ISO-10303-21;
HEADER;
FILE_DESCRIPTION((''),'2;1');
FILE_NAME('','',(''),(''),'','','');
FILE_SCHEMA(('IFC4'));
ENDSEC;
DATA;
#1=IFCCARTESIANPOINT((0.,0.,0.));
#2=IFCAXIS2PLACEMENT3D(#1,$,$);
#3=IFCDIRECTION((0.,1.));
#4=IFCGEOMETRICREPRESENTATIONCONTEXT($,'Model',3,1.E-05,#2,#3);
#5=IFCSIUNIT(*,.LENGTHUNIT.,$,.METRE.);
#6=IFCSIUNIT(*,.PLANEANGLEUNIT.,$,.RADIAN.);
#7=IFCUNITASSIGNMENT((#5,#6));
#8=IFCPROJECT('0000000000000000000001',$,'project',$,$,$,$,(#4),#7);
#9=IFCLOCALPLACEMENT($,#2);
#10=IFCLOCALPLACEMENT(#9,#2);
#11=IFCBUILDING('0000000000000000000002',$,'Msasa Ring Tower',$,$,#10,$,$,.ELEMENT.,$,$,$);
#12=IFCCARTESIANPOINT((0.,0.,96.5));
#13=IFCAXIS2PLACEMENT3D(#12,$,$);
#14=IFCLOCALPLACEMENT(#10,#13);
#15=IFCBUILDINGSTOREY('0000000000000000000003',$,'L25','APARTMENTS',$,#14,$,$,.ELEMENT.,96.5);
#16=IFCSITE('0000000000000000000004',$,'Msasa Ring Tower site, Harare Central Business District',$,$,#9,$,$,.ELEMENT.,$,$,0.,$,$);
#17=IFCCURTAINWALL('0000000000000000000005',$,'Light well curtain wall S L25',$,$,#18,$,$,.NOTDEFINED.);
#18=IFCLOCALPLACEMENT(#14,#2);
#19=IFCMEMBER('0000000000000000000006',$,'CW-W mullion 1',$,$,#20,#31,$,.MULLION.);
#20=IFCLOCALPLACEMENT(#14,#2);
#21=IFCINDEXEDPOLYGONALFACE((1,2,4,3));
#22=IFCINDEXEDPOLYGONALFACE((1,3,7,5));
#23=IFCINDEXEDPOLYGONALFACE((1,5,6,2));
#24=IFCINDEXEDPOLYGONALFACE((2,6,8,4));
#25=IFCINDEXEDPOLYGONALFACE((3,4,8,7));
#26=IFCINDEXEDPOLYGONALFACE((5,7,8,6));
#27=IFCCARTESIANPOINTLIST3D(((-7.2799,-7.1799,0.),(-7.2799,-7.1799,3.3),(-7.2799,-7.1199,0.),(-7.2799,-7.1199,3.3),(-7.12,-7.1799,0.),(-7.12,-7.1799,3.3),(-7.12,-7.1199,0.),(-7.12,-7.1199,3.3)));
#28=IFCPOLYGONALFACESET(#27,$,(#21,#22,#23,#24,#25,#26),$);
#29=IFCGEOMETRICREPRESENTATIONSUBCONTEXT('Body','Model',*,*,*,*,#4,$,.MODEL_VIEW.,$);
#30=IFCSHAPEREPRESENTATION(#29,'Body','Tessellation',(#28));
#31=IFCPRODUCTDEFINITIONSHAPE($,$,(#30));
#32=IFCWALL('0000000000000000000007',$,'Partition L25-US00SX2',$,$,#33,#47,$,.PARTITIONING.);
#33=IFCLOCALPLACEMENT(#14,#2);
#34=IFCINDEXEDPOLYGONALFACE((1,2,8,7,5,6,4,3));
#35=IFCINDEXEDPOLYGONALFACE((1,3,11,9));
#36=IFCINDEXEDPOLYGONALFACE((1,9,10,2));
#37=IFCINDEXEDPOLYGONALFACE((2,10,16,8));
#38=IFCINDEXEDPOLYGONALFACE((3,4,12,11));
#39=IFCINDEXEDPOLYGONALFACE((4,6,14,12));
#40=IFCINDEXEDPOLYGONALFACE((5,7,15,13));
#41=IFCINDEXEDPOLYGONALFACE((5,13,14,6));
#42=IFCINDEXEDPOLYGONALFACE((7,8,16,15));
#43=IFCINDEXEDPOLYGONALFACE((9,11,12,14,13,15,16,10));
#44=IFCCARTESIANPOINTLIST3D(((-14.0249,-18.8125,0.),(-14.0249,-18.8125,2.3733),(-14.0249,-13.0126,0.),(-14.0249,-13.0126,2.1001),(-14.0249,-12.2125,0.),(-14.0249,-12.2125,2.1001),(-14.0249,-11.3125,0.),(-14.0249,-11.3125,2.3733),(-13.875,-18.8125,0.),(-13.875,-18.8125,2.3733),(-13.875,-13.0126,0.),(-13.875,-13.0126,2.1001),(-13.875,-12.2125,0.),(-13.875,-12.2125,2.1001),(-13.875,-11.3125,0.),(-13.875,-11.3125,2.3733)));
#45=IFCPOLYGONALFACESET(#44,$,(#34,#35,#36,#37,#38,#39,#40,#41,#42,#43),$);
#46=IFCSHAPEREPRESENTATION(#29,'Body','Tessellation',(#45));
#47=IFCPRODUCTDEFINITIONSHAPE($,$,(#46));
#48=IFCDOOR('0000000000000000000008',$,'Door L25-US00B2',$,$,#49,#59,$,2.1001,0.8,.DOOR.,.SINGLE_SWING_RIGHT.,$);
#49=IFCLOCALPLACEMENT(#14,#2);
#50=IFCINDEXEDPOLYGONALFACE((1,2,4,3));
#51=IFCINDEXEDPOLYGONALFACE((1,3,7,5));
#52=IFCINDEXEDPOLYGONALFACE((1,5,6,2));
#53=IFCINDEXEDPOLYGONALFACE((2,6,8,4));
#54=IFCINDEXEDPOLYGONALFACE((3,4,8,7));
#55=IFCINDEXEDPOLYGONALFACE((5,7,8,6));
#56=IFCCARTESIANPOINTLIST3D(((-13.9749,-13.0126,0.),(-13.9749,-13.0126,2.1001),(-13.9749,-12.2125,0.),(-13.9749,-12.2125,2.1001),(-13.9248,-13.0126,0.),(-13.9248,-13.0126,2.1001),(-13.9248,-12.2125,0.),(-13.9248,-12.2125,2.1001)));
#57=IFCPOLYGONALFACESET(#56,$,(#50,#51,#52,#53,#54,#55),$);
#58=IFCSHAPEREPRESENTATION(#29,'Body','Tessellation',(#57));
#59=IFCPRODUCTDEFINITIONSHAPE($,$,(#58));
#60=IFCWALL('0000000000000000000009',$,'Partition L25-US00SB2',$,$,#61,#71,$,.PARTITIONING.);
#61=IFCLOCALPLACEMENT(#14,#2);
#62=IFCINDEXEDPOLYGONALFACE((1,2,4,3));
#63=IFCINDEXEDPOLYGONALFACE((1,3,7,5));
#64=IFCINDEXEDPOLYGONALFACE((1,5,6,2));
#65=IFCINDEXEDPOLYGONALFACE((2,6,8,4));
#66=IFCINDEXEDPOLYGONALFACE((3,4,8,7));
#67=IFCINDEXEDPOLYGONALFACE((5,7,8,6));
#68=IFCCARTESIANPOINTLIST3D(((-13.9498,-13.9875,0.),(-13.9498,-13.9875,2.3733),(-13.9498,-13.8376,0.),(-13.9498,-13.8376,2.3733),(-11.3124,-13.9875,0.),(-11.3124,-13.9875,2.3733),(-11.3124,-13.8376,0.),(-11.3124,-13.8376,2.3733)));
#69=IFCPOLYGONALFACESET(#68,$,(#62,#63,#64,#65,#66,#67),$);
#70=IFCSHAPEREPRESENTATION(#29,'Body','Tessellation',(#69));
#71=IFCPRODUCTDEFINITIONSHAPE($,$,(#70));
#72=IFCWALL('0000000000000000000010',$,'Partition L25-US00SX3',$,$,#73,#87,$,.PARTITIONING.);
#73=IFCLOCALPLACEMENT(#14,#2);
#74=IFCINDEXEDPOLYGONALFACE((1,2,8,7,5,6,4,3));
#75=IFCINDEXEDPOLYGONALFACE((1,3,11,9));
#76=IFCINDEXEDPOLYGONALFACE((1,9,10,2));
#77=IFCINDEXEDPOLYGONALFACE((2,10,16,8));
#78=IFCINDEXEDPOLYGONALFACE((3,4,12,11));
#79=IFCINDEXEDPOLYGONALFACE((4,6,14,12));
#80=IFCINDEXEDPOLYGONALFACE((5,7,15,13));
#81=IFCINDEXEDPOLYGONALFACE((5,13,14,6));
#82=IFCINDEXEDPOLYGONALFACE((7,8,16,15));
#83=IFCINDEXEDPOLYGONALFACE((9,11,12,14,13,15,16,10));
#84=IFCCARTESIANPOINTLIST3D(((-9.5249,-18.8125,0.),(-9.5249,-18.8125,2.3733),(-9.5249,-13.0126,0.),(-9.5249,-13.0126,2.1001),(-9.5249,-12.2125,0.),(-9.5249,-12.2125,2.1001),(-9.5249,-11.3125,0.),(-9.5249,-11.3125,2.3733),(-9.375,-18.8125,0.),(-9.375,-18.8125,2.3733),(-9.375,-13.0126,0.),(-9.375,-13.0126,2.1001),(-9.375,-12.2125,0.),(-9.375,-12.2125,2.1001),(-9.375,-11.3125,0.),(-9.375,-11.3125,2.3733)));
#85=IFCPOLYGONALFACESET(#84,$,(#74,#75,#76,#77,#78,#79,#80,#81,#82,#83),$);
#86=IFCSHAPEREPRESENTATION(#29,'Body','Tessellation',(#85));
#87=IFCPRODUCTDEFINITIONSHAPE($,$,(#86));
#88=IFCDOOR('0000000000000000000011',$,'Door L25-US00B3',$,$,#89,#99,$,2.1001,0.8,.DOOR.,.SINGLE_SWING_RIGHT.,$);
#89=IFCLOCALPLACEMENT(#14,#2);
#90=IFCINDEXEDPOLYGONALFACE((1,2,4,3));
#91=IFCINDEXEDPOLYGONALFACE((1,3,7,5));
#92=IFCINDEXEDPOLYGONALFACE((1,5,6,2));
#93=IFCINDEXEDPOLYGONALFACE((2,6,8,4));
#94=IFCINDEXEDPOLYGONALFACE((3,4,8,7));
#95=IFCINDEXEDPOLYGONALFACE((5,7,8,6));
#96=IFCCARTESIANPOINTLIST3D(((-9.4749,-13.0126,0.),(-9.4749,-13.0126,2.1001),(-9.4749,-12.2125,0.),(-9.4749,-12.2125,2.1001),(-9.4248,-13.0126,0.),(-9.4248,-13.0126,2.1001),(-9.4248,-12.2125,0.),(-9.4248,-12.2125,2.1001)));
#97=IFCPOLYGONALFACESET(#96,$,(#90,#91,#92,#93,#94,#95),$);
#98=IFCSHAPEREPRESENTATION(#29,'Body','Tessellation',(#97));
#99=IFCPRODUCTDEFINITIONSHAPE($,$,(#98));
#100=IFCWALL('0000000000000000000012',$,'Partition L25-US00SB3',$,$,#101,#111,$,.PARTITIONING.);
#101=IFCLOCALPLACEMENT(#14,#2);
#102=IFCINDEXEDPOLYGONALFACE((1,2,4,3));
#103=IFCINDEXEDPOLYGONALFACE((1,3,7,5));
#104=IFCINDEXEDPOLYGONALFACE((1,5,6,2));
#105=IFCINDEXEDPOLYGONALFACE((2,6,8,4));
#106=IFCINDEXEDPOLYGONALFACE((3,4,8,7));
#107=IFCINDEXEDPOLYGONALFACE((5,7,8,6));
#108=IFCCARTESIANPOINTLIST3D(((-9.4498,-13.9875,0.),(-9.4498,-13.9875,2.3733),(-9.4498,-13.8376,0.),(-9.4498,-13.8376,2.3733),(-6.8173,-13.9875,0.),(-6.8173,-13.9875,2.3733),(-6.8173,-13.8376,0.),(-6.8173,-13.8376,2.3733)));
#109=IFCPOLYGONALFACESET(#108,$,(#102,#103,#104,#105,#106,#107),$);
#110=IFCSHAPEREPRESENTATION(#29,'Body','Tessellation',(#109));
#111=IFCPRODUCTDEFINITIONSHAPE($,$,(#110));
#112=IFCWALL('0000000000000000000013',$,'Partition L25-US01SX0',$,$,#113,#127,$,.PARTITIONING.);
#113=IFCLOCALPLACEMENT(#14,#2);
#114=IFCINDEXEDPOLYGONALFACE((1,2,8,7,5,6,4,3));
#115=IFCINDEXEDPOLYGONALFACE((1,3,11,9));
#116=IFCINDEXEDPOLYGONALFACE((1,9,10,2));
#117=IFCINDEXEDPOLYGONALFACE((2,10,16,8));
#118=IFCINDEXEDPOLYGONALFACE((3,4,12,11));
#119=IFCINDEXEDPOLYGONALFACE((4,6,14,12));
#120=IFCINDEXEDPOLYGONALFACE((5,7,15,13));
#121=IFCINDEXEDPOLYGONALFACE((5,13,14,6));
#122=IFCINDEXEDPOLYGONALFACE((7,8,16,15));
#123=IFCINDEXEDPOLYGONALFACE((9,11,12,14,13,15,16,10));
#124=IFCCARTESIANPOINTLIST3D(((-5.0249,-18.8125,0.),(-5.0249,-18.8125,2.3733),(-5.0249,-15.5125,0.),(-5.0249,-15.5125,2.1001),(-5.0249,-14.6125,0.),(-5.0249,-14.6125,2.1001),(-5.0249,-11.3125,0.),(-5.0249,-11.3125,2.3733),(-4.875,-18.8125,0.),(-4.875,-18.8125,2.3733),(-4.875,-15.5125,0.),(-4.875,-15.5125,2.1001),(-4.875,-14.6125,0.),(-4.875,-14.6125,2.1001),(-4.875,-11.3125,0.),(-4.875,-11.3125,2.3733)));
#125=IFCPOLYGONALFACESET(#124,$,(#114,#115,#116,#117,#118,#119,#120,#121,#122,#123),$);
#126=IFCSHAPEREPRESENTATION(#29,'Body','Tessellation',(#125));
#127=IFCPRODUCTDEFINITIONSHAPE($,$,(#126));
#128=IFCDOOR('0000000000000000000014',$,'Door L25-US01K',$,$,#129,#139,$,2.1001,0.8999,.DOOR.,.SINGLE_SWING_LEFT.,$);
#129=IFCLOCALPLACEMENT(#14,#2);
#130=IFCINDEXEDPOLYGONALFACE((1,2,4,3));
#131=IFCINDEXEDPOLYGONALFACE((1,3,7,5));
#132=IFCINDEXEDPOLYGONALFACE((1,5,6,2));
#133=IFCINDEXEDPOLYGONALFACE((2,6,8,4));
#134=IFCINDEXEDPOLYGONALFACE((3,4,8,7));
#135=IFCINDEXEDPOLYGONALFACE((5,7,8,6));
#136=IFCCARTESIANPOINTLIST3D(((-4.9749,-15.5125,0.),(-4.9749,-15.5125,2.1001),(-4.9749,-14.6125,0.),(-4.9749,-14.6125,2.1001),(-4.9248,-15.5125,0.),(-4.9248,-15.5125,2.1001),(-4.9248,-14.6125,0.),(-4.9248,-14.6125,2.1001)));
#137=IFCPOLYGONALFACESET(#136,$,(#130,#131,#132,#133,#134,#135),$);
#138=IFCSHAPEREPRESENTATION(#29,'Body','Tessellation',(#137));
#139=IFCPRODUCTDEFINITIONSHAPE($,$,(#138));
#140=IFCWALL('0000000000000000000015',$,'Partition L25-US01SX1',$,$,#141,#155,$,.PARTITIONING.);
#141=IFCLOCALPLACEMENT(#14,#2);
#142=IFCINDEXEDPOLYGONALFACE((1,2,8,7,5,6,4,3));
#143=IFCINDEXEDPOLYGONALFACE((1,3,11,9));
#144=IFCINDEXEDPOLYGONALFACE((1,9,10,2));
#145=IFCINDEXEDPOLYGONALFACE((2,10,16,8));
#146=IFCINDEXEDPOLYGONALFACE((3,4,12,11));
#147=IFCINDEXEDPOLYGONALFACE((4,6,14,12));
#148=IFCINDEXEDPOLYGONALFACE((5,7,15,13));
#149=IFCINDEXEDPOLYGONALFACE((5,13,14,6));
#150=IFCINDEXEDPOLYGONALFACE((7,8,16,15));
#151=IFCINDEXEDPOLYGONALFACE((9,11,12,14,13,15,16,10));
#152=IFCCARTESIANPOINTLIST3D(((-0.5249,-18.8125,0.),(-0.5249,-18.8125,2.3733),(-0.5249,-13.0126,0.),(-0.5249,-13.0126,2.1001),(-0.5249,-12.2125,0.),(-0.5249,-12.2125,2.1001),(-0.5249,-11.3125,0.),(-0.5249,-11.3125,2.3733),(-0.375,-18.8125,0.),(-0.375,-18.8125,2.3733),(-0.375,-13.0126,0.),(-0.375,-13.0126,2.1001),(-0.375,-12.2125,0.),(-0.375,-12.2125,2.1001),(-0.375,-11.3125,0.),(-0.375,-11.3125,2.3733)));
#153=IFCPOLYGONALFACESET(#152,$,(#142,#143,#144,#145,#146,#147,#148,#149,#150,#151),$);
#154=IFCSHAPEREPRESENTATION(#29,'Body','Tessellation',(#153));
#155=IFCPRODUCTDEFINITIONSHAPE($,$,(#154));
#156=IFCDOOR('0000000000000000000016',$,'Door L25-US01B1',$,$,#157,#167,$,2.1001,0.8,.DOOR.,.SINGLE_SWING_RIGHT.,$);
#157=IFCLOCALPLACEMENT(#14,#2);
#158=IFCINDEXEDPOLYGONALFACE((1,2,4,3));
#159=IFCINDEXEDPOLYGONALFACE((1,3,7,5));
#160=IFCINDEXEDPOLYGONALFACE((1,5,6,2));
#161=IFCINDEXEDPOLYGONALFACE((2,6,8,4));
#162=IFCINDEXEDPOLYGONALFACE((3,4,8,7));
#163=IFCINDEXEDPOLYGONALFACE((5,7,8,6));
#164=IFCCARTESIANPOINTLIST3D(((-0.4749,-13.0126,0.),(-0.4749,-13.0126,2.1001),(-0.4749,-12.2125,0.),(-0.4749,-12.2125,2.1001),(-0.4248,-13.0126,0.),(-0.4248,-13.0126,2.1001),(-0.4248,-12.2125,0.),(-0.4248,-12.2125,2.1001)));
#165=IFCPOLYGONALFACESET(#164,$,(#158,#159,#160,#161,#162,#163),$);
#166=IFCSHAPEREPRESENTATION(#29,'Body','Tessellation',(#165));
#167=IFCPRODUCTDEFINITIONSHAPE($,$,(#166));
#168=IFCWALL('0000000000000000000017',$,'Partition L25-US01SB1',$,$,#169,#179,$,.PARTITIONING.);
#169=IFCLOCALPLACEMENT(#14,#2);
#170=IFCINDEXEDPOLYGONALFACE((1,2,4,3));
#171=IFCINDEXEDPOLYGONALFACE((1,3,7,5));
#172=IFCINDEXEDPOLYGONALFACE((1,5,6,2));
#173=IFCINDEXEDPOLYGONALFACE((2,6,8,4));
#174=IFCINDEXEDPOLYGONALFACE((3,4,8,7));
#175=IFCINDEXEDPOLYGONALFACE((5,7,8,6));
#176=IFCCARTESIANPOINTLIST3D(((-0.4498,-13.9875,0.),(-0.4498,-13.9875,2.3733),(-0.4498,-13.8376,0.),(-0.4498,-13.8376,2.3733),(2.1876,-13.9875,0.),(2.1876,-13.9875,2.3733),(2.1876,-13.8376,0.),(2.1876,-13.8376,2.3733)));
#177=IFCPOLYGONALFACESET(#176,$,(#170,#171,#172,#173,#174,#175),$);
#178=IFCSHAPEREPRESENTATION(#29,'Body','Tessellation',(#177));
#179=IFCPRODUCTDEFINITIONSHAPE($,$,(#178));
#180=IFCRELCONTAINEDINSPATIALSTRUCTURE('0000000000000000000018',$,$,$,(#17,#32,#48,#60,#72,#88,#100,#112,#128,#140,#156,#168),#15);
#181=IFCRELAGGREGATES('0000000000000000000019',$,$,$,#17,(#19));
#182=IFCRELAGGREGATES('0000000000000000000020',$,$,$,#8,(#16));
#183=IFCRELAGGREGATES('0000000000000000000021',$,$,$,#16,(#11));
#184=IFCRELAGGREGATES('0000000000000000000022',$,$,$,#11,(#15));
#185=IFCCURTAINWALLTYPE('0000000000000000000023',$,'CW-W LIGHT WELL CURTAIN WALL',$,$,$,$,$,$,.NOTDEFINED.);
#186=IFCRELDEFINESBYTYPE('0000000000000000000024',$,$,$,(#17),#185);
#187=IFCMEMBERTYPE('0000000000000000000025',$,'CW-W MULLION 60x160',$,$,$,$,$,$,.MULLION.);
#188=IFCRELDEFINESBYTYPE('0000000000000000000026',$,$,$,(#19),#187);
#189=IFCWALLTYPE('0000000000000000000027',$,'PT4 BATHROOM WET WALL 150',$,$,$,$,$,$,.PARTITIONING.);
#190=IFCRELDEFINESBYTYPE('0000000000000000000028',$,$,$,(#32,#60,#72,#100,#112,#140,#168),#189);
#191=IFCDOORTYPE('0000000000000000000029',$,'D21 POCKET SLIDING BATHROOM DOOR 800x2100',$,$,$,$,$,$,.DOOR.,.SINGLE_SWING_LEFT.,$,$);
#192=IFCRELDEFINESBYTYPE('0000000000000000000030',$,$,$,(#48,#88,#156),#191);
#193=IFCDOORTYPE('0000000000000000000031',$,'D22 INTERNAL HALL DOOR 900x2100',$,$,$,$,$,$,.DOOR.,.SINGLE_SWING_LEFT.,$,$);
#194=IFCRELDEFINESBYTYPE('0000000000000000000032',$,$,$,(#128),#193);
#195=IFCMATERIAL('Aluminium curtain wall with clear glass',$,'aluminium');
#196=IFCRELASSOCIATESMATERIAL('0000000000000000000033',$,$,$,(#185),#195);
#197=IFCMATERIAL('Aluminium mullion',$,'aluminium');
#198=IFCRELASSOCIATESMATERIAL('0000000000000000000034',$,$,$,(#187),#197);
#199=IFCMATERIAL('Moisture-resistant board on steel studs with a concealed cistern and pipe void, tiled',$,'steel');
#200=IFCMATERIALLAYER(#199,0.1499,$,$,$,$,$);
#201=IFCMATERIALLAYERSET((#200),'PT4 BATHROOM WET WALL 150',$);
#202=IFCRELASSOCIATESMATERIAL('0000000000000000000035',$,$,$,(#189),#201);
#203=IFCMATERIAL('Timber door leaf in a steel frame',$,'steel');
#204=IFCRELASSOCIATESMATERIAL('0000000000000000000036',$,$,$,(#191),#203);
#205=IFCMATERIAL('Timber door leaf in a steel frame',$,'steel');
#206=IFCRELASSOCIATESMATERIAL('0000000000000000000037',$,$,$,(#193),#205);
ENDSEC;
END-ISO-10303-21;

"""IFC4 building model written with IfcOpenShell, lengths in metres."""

from ifc_helpers import new_model, si_unit, direction, frame, frame_2d, origin, origin_2d, place, context, subcontext, project, spatial, rectangle, extrude, material, layer, layer_set, material_profile, profile_set, type_object, element, fill, aggregate, save


model = new_model("IFC4")

# Units and contexts
model_context = context("Model", 3, precision=1e-05, world=origin(), true_north=direction((0.0, 1.0)))
body_context = subcontext(model_context, "Body", "Model", "MODEL_VIEW")
ifc_project = project(units=[si_unit("LENGTHUNIT", "METRE"), si_unit("PLANEANGLEUNIT", "RADIAN")], contexts=[model_context])

# Site, building, storey
site_placement = place(None, origin())
site = spatial("IfcSite", under=ifc_project, at=site_placement, Name="Msasa Ring Tower site, Harare Central Business District", CompositionType="ELEMENT", RefElevation=0.0)
building_placement = place(site_placement, origin())
building = spatial("IfcBuilding", under=site, at=building_placement, Name="Msasa Ring Tower", CompositionType="ELEMENT")
storey_placement = place(building_placement, frame((0.0, 0.0, 96.5)))
storey = spatial("IfcBuildingStorey", under=building, at=storey_placement, Name="L25", Description="APARTMENTS", CompositionType="ELEMENT", Elevation=96.5)

# Curtain wall, member
ifc_material_1 = material(Name="Aluminium curtain wall with clear glass", Category="aluminium")
curtain_wall_type = type_object("IfcCurtainWallType", Name="CW-W LIGHT WELL CURTAIN WALL", PredefinedType="NOTDEFINED", material=ifc_material_1)
curtain_wall_placement = place(storey_placement, origin())
curtain_wall = element("IfcCurtainWall", 1, at=curtain_wall_placement, inside=storey, type_object=curtain_wall_type, Name="Light well curtain wall S L25", PredefinedType="NOTDEFINED")
ifc_material_2 = material(Name="Aluminium mullion", Category="aluminium")
ifc_material_profile = material_profile(ifc_material_2, rectangle(XDim=0.0601, YDim=0.1599, at=origin_2d()), Name="AL 60x160")
ifc_profile_set = profile_set([ifc_material_profile], Name="Aluminium mullion")
member_type = type_object("IfcMemberType", Name="CW-W MULLION 60x160", PredefinedType="MULLION", material=ifc_profile_set)
member_placement = place(storey_placement, frame((-7.2, -7.1499, 0.0), z_axis=(0.0, 0.0, 1.0), x_axis=(0.0, 1.0, 0.0)))
member = element("IfcMember", 2, at=member_placement, type_object=member_type, Name="CW-W mullion 1", PredefinedType="MULLION", context=body_context, shape_type="SweptSolid", body=[
    extrude(rectangle(XDim=0.0601, YDim=0.1599, at=origin_2d()), origin(), (0.0, 0.0, 1.0), 3.3),
])
aggregate(curtain_wall, [member])

# Wall, opening, door
ifc_material_3 = material(Name="Moisture-resistant board on steel studs with a concealed cistern and pipe void, tiled", Category="steel")
ifc_layer_1 = layer(ifc_material_3, 0.1499)
ifc_layer_set_1 = layer_set([ifc_layer_1], Name="PT4 BATHROOM WET WALL 150")
wall_type_1 = type_object("IfcWallType", Name="PT4 BATHROOM WET WALL 150", PredefinedType="PARTITIONING", material=ifc_layer_set_1)
wall_1_placement = place(storey_placement, frame((-13.95, -18.8125, 0.0), z_axis=(0.0, 0.0, 1.0), x_axis=(0.0, 1.0, 0.0)))
wall_1 = element("IfcWall", 3, at=wall_1_placement, inside=storey, type_object=wall_type_1, Name="Partition L25-US00SX2", PredefinedType="PARTITIONING", context=body_context, shape_type="SweptSolid", body=[
    extrude(rectangle(XDim=7.5, YDim=0.1499, at=frame_2d((3.75, 0.0))), origin(), (0.0, 0.0, 1.0), 2.3733),
])
opening_1_placement = place(wall_1_placement, frame((5.8, 0.0, 0.0)))
opening_1 = element("IfcOpeningElement", 4, at=opening_1_placement, cuts=wall_1, PredefinedType="OPENING", context=body_context, shape_type="SweptSolid", body=[
    extrude(rectangle(XDim=0.8, YDim=2.1001, at=frame_2d((0.3999, 1.05))), frame((0.0, 0.085, 0.0), z_axis=(0.0, -1.0, 0.0), x_axis=(1.0, 0.0, 0.0)), (0.0, 0.0, 1.0), 0.1699),
])
ifc_material_4 = material(Name="Timber door leaf in a steel frame", Category="steel")
door_type_1 = type_object("IfcDoorType", Name="D21 POCKET SLIDING BATHROOM DOOR 800x2100", OperationType="SINGLE_SWING_LEFT", PredefinedType="DOOR", material=ifc_material_4)
door_1_placement = place(opening_1_placement, origin())
door_1 = element("IfcDoor", 5, at=door_1_placement, inside=storey, type_object=door_type_1, Name="Door L25-US00B2", OperationType="SINGLE_SWING_RIGHT", OverallHeight=2.1001, OverallWidth=0.8, PredefinedType="DOOR", context=body_context, shape_type="SweptSolid", body=[
    extrude(rectangle(XDim=0.8, YDim=2.1001, at=frame_2d((0.3999, 1.05))), frame((0.0, 0.0249, 0.0), z_axis=(0.0, -1.0, 0.0), x_axis=(1.0, 0.0, 0.0)), (0.0, 0.0, 1.0), 0.05),
])
fill(opening_1, door_1)

# Wall
wall_2_placement = place(storey_placement, frame((-13.95, -13.9126, 0.0), z_axis=(0.0, 0.0, 1.0), x_axis=(1.0, 0.0, 0.0)))
element("IfcWall", 6, at=wall_2_placement, inside=storey, type_object=wall_type_1, Name="Partition L25-US00SB2", PredefinedType="PARTITIONING", context=body_context, shape_type="SweptSolid", body=[
    extrude(rectangle(XDim=2.6375, YDim=0.1499, at=frame_2d((1.3188, 0.0))), origin(), (0.0, 0.0, 1.0), 2.3733),
])

# Wall, opening, door
wall_3_placement = place(storey_placement, frame((-9.45, -18.8125, 0.0), z_axis=(0.0, 0.0, 1.0), x_axis=(0.0, 1.0, 0.0)))
wall_3 = element("IfcWall", 7, at=wall_3_placement, inside=storey, type_object=wall_type_1, Name="Partition L25-US00SX3", PredefinedType="PARTITIONING", context=body_context, shape_type="SweptSolid", body=[
    extrude(rectangle(XDim=7.5, YDim=0.1499, at=frame_2d((3.75, 0.0))), origin(), (0.0, 0.0, 1.0), 2.3733),
])
opening_2_placement = place(wall_3_placement, frame((5.8, 0.0, 0.0)))
opening_2 = element("IfcOpeningElement", 8, at=opening_2_placement, cuts=wall_3, PredefinedType="OPENING", context=body_context, shape_type="SweptSolid", body=[
    extrude(rectangle(XDim=0.8, YDim=2.1001, at=frame_2d((0.3999, 1.05))), frame((0.0, 0.085, 0.0), z_axis=(0.0, -1.0, 0.0), x_axis=(1.0, 0.0, 0.0)), (0.0, 0.0, 1.0), 0.1699),
])
door_2_placement = place(opening_2_placement, origin())
door_2 = element("IfcDoor", 9, at=door_2_placement, inside=storey, type_object=door_type_1, Name="Door L25-US00B3", OperationType="SINGLE_SWING_RIGHT", OverallHeight=2.1001, OverallWidth=0.8, PredefinedType="DOOR", context=body_context, shape_type="SweptSolid", body=[
    extrude(rectangle(XDim=0.8, YDim=2.1001, at=frame_2d((0.3999, 1.05))), frame((0.0, 0.0249, 0.0), z_axis=(0.0, -1.0, 0.0), x_axis=(1.0, 0.0, 0.0)), (0.0, 0.0, 1.0), 0.05),
])
fill(opening_2, door_2)

# Wall
wall_4_placement = place(storey_placement, frame((-9.45, -13.9126, 0.0), z_axis=(0.0, 0.0, 1.0), x_axis=(1.0, 0.0, 0.0)))
element("IfcWall", 10, at=wall_4_placement, inside=storey, type_object=wall_type_1, Name="Partition L25-US00SB3", PredefinedType="PARTITIONING", context=body_context, shape_type="SweptSolid", body=[
    extrude(rectangle(XDim=2.6326, YDim=0.1499, at=frame_2d((1.3164, 0.0))), origin(), (0.0, 0.0, 1.0), 2.3733),
])

# Walls, openings, doors
wall_5_placement = place(storey_placement, frame((-4.95, -18.8125, 0.0), z_axis=(0.0, 0.0, 1.0), x_axis=(0.0, 1.0, 0.0)))
wall_5 = element("IfcWall", 11, at=wall_5_placement, inside=storey, type_object=wall_type_1, Name="Partition L25-US01SX0", PredefinedType="PARTITIONING", context=body_context, shape_type="SweptSolid", body=[
    extrude(rectangle(XDim=7.5, YDim=0.1499, at=frame_2d((3.75, 0.0))), origin(), (0.0, 0.0, 1.0), 2.3733),
])
opening_3_placement = place(wall_5_placement, frame((3.3, 0.0, 0.0)))
opening_3 = element("IfcOpeningElement", 12, at=opening_3_placement, cuts=wall_5, PredefinedType="OPENING", context=body_context, shape_type="SweptSolid", body=[
    extrude(rectangle(XDim=0.8999, YDim=2.1001, at=frame_2d((0.45, 1.05))), frame((0.0, 0.085, 0.0), z_axis=(0.0, -1.0, 0.0), x_axis=(1.0, 0.0, 0.0)), (0.0, 0.0, 1.0), 0.1699),
])
ifc_material_5 = material(Name="Timber door leaf in a steel frame", Category="steel")
door_type_2 = type_object("IfcDoorType", Name="D22 INTERNAL HALL DOOR 900x2100", OperationType="SINGLE_SWING_LEFT", PredefinedType="DOOR", material=ifc_material_5)
door_3_placement = place(opening_3_placement, origin())
door_3 = element("IfcDoor", 13, at=door_3_placement, inside=storey, type_object=door_type_2, Name="Door L25-US01K", OperationType="SINGLE_SWING_LEFT", OverallHeight=2.1001, OverallWidth=0.8999, PredefinedType="DOOR", context=body_context, shape_type="SweptSolid", body=[
    extrude(rectangle(XDim=0.8999, YDim=2.1001, at=frame_2d((0.45, 1.05))), frame((0.0, 0.0249, 0.0), z_axis=(0.0, -1.0, 0.0), x_axis=(1.0, 0.0, 0.0)), (0.0, 0.0, 1.0), 0.05),
])
fill(opening_3, door_3)
wall_6_placement = place(storey_placement, frame((-0.45, -18.8125, 0.0), z_axis=(0.0, 0.0, 1.0), x_axis=(0.0, 1.0, 0.0)))
wall_6 = element("IfcWall", 14, at=wall_6_placement, inside=storey, type_object=wall_type_1, Name="Partition L25-US01SX1", PredefinedType="PARTITIONING", context=body_context, shape_type="SweptSolid", body=[
    extrude(rectangle(XDim=7.5, YDim=0.1499, at=frame_2d((3.75, 0.0))), origin(), (0.0, 0.0, 1.0), 2.3733),
])
opening_4_placement = place(wall_6_placement, frame((5.8, 0.0, 0.0)))
opening_4 = element("IfcOpeningElement", 15, at=opening_4_placement, cuts=wall_6, PredefinedType="OPENING", context=body_context, shape_type="SweptSolid", body=[
    extrude(rectangle(XDim=0.8, YDim=2.1001, at=frame_2d((0.3999, 1.05))), frame((0.0, 0.085, 0.0), z_axis=(0.0, -1.0, 0.0), x_axis=(1.0, 0.0, 0.0)), (0.0, 0.0, 1.0), 0.1699),
])
door_4_placement = place(opening_4_placement, origin())
door_4 = element("IfcDoor", 16, at=door_4_placement, inside=storey, type_object=door_type_1, Name="Door L25-US01B1", OperationType="SINGLE_SWING_RIGHT", OverallHeight=2.1001, OverallWidth=0.8, PredefinedType="DOOR", context=body_context, shape_type="SweptSolid", body=[
    extrude(rectangle(XDim=0.8, YDim=2.1001, at=frame_2d((0.3999, 1.05))), frame((0.0, 0.0249, 0.0), z_axis=(0.0, -1.0, 0.0), x_axis=(1.0, 0.0, 0.0)), (0.0, 0.0, 1.0), 0.05),
])
fill(opening_4, door_4)

# Wall
wall_7_placement = place(storey_placement, frame((-0.45, -13.9126, 0.0), z_axis=(0.0, 0.0, 1.0), x_axis=(1.0, 0.0, 0.0)))
element("IfcWall", 17, at=wall_7_placement, inside=storey, type_object=wall_type_1, Name="Partition L25-US01SB1", PredefinedType="PARTITIONING", context=body_context, shape_type="SweptSolid", body=[
    extrude(rectangle(XDim=2.6375, YDim=0.1499, at=frame_2d((1.3188, 0.0))), origin(), (0.0, 0.0, 1.0), 2.3733),
])

save(model, "model.ifc")
